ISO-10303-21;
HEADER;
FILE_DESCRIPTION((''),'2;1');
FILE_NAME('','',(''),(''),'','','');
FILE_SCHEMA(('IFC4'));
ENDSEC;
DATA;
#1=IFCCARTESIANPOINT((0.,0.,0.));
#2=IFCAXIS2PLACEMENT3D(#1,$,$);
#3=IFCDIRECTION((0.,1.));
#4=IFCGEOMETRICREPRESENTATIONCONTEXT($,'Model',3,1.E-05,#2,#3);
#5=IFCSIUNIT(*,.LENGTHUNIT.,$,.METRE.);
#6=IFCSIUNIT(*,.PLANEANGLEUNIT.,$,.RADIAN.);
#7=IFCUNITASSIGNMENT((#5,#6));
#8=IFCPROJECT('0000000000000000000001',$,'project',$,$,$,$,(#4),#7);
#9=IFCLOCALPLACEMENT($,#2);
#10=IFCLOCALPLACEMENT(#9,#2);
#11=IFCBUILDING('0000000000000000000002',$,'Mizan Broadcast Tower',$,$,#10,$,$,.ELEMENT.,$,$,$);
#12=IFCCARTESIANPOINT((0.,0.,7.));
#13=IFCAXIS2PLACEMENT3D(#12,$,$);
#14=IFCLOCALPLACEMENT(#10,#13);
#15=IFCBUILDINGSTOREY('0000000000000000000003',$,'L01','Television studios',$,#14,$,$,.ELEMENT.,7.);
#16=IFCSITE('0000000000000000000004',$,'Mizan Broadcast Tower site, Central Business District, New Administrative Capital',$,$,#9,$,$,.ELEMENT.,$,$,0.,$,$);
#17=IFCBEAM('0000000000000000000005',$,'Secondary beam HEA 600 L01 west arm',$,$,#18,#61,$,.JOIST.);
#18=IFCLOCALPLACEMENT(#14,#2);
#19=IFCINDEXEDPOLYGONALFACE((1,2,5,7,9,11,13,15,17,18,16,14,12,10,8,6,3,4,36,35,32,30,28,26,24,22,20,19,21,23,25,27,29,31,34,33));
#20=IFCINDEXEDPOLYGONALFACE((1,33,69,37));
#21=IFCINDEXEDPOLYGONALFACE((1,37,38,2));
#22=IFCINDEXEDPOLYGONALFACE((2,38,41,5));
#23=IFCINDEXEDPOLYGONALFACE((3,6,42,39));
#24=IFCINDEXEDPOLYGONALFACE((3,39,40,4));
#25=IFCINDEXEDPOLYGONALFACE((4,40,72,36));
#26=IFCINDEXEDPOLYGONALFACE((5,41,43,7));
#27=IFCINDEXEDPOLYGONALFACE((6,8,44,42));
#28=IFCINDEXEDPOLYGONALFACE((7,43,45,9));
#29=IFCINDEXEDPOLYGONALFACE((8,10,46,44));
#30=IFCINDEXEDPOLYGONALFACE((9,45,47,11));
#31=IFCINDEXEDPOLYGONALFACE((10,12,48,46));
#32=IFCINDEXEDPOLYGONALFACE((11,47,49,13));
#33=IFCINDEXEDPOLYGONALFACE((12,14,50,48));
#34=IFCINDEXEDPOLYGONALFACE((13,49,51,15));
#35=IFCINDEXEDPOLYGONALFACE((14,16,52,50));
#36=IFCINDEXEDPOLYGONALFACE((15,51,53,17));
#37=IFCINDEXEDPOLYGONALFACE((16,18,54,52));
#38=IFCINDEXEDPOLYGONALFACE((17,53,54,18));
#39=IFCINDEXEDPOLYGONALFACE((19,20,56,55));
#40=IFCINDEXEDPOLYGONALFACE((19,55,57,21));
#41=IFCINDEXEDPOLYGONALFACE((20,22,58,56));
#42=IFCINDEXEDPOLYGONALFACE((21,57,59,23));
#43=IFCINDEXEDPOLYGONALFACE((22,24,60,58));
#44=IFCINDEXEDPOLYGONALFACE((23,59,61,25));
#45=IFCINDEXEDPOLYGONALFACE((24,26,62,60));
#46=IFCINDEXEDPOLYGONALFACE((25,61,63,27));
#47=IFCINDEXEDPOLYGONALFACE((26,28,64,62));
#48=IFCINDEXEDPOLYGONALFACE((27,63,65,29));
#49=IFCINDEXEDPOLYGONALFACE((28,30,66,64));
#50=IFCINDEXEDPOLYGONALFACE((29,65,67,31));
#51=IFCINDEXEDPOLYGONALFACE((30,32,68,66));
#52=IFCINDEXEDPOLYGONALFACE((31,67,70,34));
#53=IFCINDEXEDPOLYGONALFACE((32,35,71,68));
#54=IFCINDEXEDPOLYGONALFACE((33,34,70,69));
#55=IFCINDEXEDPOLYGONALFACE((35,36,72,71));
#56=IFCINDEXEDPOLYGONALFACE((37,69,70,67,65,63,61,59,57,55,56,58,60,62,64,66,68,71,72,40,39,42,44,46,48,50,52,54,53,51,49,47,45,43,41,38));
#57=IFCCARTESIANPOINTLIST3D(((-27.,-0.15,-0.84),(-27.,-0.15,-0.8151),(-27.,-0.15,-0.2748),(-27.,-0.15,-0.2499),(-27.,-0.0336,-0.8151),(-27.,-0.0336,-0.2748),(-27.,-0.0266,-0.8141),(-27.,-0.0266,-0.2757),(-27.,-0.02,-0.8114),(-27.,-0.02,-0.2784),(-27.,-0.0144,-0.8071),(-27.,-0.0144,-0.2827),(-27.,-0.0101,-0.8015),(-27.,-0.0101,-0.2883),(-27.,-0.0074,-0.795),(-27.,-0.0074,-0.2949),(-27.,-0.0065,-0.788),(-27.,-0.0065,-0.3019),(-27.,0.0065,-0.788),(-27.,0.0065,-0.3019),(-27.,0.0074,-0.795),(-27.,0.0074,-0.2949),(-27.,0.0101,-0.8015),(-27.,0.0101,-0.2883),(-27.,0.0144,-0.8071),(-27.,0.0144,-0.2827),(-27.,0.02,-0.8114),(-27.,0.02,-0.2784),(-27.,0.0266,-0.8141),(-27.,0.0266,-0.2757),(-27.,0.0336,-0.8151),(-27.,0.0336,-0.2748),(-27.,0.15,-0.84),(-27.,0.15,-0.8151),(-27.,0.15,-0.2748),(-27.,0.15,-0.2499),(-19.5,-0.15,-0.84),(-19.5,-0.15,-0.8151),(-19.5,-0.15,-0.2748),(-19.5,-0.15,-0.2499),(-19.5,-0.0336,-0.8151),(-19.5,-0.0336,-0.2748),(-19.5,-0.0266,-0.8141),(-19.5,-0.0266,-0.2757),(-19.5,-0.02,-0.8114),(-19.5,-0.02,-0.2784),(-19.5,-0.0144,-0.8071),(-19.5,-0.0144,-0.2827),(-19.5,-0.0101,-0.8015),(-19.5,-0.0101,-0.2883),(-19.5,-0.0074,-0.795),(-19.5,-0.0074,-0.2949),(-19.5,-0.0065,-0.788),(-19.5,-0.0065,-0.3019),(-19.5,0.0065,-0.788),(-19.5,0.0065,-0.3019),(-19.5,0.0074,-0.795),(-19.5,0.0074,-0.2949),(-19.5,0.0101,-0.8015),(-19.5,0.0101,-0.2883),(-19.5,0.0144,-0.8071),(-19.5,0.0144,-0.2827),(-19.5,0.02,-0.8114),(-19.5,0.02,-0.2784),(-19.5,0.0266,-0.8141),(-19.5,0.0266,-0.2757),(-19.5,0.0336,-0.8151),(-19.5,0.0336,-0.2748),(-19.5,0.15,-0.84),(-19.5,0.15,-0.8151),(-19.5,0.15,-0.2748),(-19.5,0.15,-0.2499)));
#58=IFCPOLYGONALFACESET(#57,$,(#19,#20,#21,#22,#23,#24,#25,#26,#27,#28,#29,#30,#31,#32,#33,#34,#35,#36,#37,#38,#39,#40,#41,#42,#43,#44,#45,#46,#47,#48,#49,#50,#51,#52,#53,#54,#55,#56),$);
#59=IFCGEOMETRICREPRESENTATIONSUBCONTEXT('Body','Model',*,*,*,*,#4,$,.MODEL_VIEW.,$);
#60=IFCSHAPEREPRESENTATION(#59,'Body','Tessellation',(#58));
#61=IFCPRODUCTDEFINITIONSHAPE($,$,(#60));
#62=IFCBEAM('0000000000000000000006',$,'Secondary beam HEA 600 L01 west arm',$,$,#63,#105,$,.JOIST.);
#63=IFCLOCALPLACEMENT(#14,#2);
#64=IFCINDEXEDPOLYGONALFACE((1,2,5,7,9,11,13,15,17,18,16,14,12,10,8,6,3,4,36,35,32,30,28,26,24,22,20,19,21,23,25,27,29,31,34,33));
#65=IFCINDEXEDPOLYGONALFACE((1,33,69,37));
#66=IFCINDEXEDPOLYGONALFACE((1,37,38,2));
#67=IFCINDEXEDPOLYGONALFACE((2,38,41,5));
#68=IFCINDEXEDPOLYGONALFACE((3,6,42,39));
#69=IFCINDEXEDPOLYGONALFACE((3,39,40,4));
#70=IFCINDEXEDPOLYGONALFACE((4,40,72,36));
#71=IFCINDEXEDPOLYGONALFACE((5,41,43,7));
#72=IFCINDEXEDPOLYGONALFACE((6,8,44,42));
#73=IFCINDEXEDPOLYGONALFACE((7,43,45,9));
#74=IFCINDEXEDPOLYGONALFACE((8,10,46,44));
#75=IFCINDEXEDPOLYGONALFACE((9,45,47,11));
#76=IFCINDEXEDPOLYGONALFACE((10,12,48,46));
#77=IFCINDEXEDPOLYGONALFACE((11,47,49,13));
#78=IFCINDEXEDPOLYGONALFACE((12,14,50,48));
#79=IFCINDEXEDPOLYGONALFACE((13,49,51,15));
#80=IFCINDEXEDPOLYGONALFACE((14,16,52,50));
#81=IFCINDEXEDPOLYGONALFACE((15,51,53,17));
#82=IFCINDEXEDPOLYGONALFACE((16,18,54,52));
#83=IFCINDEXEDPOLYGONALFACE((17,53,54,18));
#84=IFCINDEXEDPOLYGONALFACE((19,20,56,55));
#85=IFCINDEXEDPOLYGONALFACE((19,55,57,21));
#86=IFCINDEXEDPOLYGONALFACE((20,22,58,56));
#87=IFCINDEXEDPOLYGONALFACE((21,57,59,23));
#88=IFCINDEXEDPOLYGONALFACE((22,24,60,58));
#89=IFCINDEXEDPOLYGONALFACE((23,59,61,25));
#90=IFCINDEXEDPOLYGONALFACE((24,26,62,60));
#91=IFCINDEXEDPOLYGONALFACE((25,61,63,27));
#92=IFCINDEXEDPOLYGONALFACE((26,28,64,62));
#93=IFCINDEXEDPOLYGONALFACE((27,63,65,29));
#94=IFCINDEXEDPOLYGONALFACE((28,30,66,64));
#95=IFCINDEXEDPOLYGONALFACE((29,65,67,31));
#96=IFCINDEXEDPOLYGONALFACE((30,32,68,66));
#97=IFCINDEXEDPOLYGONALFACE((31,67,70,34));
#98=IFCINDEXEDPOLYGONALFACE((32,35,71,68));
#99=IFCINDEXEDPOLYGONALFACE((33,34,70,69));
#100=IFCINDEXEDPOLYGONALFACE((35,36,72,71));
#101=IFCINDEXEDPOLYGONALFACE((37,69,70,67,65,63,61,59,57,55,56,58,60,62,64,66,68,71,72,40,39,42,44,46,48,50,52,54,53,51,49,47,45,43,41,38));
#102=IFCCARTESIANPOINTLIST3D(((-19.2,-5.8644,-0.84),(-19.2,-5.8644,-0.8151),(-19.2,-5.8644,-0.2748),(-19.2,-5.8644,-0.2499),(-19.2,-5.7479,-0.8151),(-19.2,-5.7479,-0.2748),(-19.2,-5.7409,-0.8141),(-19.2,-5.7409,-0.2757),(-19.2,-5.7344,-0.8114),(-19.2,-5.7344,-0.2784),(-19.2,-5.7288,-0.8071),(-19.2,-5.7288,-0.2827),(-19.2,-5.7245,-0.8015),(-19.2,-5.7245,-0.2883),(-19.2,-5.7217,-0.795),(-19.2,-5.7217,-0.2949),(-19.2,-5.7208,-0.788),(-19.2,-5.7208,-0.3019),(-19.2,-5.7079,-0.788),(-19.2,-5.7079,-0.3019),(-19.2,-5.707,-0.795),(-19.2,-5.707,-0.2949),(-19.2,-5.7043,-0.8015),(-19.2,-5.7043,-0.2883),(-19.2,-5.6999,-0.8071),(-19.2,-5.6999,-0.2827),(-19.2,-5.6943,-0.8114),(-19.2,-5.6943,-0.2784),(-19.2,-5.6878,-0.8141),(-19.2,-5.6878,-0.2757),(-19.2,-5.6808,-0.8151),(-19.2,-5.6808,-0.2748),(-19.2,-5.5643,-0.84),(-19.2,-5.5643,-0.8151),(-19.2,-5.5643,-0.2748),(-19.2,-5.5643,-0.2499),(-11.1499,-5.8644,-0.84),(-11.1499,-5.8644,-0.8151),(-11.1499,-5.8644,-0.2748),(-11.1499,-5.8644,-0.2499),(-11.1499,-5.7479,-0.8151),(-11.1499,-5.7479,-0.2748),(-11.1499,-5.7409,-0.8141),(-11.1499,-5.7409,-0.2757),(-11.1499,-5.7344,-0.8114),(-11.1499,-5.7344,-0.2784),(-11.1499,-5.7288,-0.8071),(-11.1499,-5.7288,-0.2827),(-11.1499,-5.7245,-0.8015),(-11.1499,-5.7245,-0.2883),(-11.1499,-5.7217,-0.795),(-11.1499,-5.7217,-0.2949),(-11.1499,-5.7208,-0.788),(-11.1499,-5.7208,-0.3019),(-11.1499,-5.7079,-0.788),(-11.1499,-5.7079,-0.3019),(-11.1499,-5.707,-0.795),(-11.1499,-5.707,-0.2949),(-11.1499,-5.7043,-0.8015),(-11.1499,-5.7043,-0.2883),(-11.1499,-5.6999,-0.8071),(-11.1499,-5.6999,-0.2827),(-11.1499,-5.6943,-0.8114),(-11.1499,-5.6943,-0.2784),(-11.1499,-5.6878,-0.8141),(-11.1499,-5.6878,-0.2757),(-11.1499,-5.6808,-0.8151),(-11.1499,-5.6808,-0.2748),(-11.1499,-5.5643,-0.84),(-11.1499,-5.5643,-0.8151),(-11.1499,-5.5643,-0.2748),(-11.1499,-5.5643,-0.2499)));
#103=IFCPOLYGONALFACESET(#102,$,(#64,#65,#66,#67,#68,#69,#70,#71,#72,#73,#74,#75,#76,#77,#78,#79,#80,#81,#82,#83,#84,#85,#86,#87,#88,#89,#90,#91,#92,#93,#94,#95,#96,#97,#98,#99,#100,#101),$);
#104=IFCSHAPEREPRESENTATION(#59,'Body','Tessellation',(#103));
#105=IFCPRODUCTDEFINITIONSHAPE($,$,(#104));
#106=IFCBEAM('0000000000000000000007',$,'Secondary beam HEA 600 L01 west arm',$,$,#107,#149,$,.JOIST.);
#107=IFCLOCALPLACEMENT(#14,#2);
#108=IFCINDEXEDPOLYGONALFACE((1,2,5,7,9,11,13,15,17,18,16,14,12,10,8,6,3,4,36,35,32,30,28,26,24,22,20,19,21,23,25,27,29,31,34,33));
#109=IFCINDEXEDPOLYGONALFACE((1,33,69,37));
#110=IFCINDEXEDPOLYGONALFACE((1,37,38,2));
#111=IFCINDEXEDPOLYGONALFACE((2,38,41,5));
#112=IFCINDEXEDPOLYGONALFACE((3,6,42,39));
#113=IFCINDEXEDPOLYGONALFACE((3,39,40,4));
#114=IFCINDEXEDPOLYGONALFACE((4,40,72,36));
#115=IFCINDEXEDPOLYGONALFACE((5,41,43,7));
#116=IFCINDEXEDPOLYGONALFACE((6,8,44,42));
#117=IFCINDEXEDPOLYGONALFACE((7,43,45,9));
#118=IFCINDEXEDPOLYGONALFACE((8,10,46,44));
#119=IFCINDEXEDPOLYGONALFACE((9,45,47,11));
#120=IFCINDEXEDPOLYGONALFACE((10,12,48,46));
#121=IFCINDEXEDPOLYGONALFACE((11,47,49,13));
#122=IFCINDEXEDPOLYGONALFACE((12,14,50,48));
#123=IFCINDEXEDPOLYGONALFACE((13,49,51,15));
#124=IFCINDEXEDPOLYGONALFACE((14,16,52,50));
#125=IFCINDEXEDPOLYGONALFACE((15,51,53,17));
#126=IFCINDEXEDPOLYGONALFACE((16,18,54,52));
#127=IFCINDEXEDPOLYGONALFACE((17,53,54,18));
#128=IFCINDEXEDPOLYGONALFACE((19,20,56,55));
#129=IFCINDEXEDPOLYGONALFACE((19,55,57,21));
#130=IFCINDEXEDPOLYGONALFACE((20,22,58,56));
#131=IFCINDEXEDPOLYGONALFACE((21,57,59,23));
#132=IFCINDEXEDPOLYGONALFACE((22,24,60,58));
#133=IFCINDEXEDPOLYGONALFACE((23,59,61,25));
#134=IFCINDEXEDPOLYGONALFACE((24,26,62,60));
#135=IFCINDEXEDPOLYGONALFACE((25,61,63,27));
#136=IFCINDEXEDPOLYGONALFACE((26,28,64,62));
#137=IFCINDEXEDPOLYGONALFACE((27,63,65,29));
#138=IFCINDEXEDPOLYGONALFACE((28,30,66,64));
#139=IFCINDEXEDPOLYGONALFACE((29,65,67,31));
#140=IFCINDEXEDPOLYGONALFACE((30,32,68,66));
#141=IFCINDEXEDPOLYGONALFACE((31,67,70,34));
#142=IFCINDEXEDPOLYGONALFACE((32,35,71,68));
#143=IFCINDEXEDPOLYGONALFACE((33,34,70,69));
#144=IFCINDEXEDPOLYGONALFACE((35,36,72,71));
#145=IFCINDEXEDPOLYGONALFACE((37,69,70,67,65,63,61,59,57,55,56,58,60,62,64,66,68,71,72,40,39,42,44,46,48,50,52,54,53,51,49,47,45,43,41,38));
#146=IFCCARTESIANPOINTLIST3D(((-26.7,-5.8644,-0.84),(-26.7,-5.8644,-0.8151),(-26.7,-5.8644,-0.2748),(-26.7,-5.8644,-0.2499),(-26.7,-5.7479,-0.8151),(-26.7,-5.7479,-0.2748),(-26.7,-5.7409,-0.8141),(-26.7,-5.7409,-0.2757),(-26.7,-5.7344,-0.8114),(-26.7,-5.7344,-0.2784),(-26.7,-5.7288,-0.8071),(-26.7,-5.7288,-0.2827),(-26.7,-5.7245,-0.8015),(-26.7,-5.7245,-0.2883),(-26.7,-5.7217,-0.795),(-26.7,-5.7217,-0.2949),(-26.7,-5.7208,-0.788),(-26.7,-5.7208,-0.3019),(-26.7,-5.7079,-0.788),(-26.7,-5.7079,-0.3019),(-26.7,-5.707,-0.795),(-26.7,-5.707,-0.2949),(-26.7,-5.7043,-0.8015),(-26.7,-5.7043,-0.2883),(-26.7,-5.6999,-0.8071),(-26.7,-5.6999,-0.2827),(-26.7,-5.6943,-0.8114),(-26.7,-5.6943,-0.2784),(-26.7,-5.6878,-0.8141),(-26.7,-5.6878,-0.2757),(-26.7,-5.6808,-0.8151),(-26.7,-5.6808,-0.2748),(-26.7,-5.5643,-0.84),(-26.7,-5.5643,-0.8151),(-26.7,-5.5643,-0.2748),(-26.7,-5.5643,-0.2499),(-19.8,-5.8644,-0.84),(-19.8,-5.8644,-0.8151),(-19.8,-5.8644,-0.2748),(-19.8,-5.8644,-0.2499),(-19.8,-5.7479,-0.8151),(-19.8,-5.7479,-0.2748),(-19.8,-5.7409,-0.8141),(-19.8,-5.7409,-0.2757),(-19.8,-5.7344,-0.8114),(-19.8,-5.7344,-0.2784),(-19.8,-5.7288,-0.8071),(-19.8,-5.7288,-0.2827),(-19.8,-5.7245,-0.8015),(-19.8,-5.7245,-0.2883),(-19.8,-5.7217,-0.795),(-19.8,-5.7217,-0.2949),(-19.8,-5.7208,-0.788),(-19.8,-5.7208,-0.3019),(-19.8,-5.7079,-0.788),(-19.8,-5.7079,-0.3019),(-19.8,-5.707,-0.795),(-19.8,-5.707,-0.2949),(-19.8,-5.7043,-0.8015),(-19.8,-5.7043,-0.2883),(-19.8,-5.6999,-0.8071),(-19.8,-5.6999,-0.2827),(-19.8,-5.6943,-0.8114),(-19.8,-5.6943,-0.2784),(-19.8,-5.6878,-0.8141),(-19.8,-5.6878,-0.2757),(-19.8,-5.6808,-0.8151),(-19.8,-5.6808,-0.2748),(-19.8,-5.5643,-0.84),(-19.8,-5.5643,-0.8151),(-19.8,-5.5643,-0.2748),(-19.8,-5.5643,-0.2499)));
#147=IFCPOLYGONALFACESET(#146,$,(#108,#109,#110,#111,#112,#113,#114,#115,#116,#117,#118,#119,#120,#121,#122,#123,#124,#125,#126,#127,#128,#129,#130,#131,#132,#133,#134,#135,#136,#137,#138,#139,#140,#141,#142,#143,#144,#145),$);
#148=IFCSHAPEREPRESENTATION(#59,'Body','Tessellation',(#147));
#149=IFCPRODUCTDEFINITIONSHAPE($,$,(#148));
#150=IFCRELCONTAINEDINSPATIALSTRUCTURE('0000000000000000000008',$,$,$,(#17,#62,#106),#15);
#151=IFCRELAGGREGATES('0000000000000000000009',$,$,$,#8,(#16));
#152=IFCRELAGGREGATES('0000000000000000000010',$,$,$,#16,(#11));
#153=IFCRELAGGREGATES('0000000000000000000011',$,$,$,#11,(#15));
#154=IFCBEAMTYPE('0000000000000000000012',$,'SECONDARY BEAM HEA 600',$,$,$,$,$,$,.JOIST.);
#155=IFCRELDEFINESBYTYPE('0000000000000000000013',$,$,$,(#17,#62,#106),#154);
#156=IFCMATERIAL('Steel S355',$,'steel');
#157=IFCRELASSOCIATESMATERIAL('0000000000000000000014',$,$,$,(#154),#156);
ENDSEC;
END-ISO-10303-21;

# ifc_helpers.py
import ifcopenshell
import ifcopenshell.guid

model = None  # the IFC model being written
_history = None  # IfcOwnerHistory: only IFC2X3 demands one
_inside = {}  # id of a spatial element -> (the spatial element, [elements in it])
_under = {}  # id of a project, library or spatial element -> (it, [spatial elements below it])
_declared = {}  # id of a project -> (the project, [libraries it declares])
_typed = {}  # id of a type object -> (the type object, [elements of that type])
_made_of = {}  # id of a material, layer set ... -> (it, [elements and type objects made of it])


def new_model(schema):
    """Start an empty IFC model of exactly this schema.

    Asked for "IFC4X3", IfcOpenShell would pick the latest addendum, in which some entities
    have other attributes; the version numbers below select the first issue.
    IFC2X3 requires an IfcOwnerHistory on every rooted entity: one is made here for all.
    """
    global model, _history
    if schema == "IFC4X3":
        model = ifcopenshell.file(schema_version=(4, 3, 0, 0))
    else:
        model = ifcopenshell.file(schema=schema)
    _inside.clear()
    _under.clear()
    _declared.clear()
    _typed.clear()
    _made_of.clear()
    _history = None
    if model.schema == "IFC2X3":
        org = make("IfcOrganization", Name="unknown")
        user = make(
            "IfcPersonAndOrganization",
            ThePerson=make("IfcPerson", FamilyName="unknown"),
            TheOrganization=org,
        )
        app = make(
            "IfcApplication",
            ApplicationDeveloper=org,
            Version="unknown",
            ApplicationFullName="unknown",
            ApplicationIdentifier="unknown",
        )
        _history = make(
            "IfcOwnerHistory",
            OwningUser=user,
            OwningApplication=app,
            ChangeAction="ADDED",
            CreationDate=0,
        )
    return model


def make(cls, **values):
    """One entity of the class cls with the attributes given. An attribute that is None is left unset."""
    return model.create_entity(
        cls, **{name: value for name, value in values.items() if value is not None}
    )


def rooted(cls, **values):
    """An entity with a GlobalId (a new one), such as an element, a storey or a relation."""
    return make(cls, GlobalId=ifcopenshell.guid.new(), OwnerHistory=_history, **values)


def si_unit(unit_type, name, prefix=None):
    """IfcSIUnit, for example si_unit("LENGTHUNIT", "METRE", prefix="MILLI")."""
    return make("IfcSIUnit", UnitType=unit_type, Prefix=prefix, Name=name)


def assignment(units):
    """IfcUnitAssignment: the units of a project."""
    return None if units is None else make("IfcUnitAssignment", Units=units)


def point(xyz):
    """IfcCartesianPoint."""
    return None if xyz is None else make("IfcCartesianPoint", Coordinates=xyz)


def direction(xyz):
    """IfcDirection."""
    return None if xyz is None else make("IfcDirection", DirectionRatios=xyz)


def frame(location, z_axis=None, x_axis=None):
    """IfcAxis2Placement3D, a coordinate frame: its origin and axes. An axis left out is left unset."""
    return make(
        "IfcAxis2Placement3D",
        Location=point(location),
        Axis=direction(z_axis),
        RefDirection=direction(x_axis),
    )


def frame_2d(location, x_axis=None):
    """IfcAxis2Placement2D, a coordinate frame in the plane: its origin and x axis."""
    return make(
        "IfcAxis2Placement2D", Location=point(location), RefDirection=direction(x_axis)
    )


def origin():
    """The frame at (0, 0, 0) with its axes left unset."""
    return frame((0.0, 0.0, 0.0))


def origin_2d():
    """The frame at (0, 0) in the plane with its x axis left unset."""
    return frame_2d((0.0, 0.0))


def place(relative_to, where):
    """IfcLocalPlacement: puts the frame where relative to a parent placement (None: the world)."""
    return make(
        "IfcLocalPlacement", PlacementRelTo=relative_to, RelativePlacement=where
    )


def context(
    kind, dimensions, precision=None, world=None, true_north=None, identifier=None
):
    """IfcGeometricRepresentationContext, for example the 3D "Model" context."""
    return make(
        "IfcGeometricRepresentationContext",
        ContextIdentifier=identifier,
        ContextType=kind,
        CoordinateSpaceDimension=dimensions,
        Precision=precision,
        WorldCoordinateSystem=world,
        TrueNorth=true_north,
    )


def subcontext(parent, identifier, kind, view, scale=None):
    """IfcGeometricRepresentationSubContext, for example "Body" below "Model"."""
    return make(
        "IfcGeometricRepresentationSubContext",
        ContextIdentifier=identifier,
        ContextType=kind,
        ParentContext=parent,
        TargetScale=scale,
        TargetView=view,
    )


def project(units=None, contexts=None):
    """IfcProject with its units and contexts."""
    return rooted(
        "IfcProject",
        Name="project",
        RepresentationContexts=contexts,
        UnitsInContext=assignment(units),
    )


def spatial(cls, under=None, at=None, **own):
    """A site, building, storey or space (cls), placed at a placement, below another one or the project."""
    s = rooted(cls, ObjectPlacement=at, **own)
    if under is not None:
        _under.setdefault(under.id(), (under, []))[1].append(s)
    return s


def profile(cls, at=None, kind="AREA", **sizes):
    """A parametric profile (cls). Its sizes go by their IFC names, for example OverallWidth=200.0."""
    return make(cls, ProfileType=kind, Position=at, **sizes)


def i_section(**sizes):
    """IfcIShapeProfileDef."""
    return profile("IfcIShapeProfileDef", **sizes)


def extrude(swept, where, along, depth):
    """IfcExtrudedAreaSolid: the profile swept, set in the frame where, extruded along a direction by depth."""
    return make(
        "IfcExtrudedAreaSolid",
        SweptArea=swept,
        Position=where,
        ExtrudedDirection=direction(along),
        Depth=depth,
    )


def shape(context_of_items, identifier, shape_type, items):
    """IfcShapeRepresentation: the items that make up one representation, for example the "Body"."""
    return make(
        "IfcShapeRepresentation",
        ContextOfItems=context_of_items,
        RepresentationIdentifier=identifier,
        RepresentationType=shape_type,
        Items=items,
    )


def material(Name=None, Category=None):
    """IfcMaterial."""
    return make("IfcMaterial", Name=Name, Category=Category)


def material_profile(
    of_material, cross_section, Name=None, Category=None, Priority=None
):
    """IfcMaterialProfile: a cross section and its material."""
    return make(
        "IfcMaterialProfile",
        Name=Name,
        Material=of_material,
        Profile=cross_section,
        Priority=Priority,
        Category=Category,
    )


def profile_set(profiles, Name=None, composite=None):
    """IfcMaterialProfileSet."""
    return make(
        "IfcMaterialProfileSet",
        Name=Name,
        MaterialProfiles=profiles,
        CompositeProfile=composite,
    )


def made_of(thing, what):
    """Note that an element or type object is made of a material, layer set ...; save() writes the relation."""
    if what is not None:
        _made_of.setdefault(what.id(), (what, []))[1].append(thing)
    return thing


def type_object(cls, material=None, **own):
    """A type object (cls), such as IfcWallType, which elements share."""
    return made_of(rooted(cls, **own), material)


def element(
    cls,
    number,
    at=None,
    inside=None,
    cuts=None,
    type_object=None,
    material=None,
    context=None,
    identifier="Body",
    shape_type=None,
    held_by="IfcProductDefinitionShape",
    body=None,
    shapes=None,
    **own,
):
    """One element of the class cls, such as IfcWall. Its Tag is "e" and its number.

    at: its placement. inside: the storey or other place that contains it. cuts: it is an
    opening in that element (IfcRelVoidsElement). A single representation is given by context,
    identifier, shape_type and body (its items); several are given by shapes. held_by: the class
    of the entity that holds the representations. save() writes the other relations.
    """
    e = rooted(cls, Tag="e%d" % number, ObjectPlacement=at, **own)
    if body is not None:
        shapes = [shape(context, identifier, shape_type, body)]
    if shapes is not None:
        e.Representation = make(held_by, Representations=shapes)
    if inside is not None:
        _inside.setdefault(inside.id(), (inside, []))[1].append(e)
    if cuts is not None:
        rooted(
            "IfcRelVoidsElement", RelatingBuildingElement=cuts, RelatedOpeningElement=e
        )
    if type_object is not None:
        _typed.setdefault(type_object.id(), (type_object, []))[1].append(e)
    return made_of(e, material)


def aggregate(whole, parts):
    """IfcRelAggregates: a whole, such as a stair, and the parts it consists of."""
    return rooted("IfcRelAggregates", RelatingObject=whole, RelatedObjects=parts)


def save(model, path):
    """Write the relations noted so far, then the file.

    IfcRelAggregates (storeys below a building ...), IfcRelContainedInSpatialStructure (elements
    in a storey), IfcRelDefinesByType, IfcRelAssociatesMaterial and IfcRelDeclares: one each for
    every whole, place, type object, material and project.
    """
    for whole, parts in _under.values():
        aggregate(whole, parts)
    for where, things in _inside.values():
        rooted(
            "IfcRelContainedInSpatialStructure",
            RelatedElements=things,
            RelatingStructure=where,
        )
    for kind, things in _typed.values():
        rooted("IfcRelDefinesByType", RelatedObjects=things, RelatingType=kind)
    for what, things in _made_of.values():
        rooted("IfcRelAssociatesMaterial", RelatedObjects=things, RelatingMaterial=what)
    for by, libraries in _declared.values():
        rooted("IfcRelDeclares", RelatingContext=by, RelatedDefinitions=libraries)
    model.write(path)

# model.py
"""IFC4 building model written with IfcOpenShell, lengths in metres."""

from ifc_helpers import new_model, si_unit, direction, frame, origin, origin_2d, place, context, subcontext, project, spatial, i_section, extrude, material, material_profile, profile_set, type_object, element, save


model = new_model("IFC4")

# Units and contexts
model_context = context("Model", 3, precision=1e-05, world=origin(), true_north=direction((0.0, 1.0)))
body_context = subcontext(model_context, "Body", "Model", "MODEL_VIEW")
ifc_project = project(units=[si_unit("LENGTHUNIT", "METRE"), si_unit("PLANEANGLEUNIT", "RADIAN")], contexts=[model_context])

# Site, building, storey
site_placement = place(None, origin())
site = spatial("IfcSite", under=ifc_project, at=site_placement, Name="Mizan Broadcast Tower site, Central Business District, New Administrative Capital", CompositionType="ELEMENT", RefElevation=0.0)
building_placement = place(site_placement, origin())
building = spatial("IfcBuilding", under=site, at=building_placement, Name="Mizan Broadcast Tower", CompositionType="ELEMENT")
storey_placement = place(building_placement, frame((0.0, 0.0, 7.0)))
storey = spatial("IfcBuildingStorey", under=building, at=storey_placement, Name="L01", Description="Television studios", CompositionType="ELEMENT", Elevation=7.0)

# Beams
ifc_material_1 = material(Name="Steel S355", Category="steel")
ifc_material_profile_1 = material_profile(ifc_material_1, i_section(OverallWidth=0.3, OverallDepth=0.5901, WebThickness=0.0129, FlangeThickness=0.0249, FilletRadius=0.0271, at=origin_2d()), Name="HEA 600")
ifc_profile_set_1 = profile_set([ifc_material_profile_1], Name="Steel S355")
beam_type_1 = type_object("IfcBeamType", Name="SECONDARY BEAM HEA 600", PredefinedType="JOIST", material=ifc_profile_set_1)
beam_1_placement = place(storey_placement, frame((-19.5, 0.0, -0.5449), z_axis=(-1.0, 0.0, 0.0), x_axis=(0.0, -1.0, 0.0)))
element("IfcBeam", 1, at=beam_1_placement, inside=storey, type_object=beam_type_1, Name="Secondary beam HEA 600 L01 west arm", PredefinedType="JOIST", context=body_context, shape_type="SweptSolid", body=[
    extrude(i_section(OverallWidth=0.3, OverallDepth=0.5901, WebThickness=0.0129, FlangeThickness=0.0249, FilletRadius=0.0271, at=origin_2d()), origin(), (0.0, 0.0, 1.0), 7.5),
])
beam_2_placement = place(storey_placement, frame((-11.1499, -5.7144, -0.5449), z_axis=(-1.0, 0.0, 0.0), x_axis=(0.0, -1.0, 0.0)))
element("IfcBeam", 2, at=beam_2_placement, inside=storey, type_object=beam_type_1, Name="Secondary beam HEA 600 L01 west arm", PredefinedType="JOIST", context=body_context, shape_type="SweptSolid", body=[
    extrude(i_section(OverallWidth=0.3, OverallDepth=0.5901, WebThickness=0.0129, FlangeThickness=0.0249, FilletRadius=0.0271, at=origin_2d()), origin(), (0.0, 0.0, 1.0), 8.05),
])
beam_3_placement = place(storey_placement, frame((-19.8, -5.7144, -0.5449), z_axis=(-1.0, 0.0, 0.0), x_axis=(0.0, -1.0, 0.0)))
element("IfcBeam", 3, at=beam_3_placement, inside=storey, type_object=beam_type_1, Name="Secondary beam HEA 600 L01 west arm", PredefinedType="JOIST", context=body_context, shape_type="SweptSolid", body=[
    extrude(i_section(OverallWidth=0.3, OverallDepth=0.5901, WebThickness=0.0129, FlangeThickness=0.0249, FilletRadius=0.0271, at=origin_2d()), origin(), (0.0, 0.0, 1.0), 6.8999),
])

save(model, "model.ifc")
